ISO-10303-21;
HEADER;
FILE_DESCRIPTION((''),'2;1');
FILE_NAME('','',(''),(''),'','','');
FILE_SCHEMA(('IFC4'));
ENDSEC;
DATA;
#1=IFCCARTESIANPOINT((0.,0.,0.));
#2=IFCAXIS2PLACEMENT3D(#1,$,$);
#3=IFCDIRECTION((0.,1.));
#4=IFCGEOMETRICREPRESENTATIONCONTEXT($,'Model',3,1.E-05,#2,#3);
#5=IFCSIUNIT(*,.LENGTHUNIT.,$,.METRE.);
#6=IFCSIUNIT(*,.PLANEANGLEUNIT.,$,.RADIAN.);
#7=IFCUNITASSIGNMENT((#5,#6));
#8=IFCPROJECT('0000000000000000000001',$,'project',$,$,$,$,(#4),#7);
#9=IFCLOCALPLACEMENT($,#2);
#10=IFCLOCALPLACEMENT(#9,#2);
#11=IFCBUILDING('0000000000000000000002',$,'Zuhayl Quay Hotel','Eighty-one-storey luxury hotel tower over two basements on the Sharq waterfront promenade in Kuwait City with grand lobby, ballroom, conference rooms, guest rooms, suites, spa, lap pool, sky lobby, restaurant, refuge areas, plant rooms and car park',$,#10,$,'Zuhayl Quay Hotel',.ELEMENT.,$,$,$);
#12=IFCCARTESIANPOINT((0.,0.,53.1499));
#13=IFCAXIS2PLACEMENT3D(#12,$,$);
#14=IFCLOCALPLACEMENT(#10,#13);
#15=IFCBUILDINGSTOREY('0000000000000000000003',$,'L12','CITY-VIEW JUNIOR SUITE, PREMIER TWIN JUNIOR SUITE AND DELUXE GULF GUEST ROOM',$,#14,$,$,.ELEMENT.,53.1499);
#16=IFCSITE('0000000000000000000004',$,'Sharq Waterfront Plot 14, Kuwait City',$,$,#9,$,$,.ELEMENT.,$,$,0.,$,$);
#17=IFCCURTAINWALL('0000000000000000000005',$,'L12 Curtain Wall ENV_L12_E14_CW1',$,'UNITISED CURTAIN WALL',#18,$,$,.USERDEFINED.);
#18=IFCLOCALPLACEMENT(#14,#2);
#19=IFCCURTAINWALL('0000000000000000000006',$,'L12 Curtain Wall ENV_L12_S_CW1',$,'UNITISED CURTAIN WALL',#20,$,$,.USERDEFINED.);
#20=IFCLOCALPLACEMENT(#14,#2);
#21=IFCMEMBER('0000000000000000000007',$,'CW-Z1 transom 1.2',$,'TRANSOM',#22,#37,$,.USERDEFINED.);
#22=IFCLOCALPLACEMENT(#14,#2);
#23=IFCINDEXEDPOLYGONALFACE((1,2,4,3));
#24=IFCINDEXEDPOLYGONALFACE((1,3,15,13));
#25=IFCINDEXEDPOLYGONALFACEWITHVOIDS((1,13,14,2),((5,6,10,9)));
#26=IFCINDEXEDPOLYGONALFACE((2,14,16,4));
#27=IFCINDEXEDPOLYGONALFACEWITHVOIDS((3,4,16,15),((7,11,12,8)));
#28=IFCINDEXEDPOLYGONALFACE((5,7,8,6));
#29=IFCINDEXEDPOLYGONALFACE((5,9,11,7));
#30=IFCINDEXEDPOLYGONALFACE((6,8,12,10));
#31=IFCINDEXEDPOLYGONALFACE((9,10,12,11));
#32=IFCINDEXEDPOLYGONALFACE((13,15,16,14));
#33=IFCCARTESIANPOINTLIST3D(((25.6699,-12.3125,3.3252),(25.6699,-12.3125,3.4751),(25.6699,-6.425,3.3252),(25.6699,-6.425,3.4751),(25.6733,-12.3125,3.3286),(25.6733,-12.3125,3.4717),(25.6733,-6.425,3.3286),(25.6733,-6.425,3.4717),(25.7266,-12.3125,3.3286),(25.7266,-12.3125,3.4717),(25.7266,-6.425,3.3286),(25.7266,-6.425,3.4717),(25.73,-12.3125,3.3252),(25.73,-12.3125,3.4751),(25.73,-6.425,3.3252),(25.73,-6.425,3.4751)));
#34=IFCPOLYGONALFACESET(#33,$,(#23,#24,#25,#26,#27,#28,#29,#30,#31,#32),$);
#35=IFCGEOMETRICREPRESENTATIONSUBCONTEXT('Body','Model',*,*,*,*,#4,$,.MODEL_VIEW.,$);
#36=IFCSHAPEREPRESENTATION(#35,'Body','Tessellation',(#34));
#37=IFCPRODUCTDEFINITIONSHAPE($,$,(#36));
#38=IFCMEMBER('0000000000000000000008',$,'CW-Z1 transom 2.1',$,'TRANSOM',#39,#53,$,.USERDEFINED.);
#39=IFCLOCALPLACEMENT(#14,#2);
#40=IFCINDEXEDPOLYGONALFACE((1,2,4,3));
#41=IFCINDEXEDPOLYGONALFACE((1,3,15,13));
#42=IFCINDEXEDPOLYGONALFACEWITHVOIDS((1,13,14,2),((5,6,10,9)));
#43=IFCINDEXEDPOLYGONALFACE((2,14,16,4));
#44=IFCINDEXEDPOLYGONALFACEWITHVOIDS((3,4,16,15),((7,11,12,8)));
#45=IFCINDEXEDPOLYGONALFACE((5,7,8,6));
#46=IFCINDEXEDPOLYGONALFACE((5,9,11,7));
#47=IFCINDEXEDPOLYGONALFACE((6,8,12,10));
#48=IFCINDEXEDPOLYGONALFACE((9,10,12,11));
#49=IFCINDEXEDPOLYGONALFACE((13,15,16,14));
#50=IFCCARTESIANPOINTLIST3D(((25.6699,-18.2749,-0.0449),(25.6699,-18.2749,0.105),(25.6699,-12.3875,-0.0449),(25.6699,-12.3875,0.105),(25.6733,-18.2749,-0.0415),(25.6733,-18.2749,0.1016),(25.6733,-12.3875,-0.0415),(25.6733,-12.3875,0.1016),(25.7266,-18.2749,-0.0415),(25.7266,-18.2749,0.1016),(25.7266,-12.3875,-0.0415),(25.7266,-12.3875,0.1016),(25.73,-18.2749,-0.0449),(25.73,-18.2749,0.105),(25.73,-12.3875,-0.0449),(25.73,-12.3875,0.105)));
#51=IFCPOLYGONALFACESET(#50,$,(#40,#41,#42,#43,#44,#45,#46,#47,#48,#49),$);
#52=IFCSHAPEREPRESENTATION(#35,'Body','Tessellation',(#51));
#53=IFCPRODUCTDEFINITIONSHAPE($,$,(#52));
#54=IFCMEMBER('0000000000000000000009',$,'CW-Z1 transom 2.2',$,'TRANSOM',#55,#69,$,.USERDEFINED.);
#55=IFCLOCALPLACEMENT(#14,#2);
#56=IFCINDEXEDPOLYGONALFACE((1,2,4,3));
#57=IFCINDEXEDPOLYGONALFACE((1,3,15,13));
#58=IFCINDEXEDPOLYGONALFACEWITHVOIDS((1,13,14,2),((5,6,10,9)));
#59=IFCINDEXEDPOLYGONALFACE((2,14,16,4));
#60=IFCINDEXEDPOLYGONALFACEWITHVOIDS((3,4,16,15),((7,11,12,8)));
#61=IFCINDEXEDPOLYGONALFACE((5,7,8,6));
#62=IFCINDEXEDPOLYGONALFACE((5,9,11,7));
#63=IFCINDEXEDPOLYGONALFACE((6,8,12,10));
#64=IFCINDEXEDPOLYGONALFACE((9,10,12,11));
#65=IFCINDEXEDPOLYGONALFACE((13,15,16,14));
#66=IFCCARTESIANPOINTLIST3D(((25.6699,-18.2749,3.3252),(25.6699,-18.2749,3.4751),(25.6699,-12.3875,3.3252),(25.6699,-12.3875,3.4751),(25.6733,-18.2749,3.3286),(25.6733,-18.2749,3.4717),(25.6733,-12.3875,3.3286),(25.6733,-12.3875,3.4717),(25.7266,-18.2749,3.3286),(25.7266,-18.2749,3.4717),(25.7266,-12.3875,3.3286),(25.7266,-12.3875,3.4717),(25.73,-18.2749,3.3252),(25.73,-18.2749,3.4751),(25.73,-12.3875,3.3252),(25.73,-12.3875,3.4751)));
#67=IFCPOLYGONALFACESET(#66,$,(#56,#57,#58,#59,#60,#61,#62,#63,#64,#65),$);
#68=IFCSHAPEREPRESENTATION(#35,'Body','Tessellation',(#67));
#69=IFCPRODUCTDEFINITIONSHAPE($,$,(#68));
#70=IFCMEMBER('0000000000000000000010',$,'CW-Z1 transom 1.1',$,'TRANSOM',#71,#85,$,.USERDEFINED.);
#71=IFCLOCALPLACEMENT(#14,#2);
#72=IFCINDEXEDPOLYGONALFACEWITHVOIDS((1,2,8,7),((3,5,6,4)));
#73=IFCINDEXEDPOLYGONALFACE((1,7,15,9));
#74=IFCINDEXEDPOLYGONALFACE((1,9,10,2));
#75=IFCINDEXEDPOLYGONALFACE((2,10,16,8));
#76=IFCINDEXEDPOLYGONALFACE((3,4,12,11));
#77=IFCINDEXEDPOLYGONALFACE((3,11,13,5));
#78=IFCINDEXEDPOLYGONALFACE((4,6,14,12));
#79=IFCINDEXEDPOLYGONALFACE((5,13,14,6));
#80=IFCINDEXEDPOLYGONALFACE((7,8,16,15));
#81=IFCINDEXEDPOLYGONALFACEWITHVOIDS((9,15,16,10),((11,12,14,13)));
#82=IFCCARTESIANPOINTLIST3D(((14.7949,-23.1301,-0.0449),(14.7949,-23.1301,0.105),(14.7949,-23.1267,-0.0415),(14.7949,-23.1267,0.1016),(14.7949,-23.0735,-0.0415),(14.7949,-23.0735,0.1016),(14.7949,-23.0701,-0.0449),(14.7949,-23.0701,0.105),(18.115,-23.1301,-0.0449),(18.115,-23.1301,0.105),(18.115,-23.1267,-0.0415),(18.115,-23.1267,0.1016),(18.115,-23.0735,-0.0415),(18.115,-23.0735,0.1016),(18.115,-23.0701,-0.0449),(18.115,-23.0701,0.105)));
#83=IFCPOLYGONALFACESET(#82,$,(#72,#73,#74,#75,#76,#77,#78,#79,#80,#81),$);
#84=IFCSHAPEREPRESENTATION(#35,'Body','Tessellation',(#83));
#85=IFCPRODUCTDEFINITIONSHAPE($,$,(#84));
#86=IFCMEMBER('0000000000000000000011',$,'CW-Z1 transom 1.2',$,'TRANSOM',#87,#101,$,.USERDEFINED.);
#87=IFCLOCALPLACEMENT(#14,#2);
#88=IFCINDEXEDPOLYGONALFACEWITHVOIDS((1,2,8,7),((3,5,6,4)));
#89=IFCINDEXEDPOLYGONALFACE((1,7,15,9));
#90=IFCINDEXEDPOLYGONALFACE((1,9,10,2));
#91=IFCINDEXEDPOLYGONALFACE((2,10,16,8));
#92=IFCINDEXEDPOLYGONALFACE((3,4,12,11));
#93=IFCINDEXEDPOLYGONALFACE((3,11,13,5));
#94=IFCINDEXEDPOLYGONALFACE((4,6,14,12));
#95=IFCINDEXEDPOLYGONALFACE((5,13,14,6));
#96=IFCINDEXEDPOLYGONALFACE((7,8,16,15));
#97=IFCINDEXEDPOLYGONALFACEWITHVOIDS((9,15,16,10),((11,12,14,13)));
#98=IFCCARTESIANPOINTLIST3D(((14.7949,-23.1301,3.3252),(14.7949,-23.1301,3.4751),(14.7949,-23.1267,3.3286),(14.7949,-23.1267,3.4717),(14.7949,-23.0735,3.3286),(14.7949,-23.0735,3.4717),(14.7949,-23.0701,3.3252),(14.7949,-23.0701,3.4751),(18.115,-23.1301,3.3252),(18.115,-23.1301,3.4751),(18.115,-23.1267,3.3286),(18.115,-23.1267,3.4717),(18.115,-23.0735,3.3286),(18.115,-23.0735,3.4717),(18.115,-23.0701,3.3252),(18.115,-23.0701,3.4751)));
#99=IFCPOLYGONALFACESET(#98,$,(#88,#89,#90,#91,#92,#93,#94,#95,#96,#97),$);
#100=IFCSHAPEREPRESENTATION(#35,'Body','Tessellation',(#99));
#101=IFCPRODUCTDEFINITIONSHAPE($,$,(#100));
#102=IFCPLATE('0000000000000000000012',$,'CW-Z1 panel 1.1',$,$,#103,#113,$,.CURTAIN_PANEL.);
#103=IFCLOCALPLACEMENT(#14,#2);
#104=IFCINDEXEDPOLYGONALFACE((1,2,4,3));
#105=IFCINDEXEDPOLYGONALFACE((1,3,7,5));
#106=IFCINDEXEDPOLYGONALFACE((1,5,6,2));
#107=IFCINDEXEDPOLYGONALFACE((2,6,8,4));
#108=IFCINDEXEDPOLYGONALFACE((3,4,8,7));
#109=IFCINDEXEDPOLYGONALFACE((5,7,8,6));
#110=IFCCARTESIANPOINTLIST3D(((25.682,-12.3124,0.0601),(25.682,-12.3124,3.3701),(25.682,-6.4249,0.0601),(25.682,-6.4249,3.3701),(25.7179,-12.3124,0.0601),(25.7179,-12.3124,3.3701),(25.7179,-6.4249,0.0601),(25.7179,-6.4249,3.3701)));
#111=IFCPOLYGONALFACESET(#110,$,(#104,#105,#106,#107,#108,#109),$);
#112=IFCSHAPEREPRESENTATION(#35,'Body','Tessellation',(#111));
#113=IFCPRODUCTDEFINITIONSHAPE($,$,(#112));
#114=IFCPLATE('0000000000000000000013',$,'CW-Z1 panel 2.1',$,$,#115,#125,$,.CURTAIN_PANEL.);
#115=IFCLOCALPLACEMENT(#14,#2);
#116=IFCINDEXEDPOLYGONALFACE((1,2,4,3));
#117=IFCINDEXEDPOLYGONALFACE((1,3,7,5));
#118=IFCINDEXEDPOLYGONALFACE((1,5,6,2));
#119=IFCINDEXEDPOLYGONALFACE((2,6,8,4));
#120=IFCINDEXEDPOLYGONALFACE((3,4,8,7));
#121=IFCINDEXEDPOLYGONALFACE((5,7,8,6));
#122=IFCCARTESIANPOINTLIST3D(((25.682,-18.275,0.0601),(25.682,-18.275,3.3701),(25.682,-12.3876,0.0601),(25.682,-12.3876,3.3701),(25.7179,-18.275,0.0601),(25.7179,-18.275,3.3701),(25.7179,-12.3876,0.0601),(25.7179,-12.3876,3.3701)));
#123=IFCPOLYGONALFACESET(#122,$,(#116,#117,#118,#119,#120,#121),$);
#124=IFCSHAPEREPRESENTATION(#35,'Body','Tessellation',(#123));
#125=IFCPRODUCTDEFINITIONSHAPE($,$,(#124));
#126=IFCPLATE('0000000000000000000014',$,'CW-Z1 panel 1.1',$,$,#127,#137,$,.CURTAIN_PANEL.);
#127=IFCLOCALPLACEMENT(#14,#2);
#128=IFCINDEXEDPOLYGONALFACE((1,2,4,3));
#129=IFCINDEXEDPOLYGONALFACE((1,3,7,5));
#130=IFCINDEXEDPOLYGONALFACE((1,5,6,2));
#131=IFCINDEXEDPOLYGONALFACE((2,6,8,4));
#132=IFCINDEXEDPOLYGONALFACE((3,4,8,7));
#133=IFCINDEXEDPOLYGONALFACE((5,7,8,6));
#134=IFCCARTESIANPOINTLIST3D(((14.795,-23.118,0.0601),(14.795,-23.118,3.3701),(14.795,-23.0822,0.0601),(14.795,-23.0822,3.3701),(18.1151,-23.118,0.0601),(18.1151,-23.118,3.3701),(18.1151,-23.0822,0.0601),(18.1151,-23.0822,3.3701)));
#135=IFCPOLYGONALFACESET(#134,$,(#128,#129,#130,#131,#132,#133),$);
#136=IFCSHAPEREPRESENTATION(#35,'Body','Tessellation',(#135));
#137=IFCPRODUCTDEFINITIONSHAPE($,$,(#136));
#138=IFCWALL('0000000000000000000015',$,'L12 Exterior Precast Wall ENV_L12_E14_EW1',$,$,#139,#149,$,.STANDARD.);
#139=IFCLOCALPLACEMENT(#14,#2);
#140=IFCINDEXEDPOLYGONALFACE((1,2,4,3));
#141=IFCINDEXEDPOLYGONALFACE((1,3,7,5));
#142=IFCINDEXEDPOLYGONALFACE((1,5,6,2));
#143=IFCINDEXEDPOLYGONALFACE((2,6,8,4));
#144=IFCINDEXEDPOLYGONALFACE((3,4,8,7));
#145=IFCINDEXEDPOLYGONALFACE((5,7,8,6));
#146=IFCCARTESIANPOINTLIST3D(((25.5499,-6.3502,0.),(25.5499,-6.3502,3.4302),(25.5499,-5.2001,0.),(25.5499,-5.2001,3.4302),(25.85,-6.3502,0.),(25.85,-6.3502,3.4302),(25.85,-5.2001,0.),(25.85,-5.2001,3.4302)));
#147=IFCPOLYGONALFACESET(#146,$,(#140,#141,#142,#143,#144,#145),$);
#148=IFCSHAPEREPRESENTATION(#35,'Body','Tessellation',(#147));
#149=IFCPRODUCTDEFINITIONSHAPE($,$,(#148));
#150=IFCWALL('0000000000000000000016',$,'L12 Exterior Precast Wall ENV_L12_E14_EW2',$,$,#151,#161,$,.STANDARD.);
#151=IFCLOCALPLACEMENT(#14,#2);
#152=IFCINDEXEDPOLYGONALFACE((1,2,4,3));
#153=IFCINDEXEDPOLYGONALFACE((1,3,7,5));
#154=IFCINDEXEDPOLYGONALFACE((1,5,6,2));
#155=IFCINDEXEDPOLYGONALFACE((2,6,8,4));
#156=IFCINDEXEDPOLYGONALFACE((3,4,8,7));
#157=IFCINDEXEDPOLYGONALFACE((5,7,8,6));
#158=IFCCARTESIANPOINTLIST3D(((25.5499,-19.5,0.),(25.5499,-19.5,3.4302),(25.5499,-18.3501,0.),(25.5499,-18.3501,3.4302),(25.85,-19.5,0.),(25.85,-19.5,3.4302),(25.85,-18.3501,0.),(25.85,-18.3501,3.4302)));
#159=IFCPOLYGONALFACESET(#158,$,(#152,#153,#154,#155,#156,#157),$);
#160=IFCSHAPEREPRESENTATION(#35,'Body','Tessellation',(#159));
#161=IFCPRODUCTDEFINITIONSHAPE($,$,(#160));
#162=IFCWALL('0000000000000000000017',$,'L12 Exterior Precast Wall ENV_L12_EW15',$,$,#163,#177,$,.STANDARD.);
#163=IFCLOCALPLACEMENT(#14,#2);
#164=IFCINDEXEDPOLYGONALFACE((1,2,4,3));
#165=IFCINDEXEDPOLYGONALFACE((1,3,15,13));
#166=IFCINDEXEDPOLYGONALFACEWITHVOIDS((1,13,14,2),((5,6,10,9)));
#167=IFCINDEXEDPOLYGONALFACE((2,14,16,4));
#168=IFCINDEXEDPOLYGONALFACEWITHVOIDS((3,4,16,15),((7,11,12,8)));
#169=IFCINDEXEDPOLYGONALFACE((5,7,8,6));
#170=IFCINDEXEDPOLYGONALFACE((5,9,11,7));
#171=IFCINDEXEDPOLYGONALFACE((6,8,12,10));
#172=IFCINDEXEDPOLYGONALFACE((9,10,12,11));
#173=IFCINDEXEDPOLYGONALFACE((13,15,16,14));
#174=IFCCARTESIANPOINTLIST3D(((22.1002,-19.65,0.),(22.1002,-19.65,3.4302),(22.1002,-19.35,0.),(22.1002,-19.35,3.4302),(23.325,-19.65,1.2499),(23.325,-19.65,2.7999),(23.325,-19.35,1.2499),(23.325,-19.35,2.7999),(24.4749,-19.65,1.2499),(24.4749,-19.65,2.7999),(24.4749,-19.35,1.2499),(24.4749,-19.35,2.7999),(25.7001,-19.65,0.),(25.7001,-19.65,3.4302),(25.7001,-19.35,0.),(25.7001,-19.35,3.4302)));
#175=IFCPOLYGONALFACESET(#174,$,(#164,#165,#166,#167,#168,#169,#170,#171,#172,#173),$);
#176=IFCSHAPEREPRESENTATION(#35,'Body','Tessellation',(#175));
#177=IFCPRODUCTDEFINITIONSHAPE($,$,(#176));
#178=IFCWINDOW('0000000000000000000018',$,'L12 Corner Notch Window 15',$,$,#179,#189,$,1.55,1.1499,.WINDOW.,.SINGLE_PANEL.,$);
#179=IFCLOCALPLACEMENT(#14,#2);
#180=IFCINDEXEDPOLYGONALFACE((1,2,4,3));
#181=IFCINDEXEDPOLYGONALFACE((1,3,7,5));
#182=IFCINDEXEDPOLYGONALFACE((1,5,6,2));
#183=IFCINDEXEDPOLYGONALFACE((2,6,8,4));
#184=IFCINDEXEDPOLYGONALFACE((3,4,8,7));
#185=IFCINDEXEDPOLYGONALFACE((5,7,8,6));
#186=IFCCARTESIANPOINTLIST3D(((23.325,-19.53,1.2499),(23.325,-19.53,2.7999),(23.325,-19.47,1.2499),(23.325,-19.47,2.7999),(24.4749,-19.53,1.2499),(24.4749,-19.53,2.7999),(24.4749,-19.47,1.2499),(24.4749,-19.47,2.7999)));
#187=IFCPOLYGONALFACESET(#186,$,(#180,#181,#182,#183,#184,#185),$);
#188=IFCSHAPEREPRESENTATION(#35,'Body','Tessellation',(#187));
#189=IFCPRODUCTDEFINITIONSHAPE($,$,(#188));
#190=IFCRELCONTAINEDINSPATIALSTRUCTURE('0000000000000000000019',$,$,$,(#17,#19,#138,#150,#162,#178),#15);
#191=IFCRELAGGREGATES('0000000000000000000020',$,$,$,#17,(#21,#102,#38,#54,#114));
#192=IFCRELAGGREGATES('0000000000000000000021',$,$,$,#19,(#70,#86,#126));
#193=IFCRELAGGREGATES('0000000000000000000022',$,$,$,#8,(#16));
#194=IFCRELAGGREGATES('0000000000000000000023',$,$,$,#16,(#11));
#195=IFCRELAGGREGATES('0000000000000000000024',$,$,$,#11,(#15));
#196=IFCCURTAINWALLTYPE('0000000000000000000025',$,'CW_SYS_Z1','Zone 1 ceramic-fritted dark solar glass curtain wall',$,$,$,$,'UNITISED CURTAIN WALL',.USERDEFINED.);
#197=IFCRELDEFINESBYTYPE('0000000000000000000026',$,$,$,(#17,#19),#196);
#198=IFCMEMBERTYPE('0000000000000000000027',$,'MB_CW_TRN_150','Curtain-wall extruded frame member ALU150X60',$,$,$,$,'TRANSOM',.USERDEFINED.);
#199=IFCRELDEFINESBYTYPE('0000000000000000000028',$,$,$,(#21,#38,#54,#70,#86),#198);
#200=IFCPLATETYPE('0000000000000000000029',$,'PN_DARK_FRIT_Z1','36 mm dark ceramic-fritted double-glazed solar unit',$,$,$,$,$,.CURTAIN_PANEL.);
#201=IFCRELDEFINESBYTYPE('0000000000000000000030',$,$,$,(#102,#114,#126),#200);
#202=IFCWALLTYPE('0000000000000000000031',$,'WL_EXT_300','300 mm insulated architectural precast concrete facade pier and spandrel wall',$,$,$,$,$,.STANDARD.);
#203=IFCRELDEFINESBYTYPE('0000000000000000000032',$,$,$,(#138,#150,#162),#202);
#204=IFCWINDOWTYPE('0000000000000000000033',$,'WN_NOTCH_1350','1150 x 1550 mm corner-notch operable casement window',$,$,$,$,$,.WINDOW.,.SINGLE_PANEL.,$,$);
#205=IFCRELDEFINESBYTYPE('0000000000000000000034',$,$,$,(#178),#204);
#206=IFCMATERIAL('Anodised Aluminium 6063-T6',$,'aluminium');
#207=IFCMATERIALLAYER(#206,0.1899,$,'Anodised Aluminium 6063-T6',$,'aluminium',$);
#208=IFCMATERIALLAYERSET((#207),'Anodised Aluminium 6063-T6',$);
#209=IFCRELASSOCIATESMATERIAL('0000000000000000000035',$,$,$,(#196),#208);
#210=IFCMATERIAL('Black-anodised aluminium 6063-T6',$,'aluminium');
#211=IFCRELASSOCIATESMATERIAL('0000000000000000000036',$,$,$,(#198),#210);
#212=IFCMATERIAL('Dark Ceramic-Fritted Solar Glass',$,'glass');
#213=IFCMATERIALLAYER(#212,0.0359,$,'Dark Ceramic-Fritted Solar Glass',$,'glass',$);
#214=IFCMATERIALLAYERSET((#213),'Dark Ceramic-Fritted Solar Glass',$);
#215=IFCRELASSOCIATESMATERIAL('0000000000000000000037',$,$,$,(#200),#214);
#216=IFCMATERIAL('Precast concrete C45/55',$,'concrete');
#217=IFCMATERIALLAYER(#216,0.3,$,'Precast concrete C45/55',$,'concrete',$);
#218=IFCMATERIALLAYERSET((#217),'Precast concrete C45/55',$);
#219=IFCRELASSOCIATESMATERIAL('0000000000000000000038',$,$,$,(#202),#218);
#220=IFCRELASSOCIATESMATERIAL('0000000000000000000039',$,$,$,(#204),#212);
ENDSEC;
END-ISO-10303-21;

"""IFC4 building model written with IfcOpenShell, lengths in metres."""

from ifc_helpers import new_model, si_unit, direction, frame, frame_2d, origin, origin_2d, place, context, subcontext, project, spatial, rectangle, hollow_rectangle, extrude, material, layer, layer_set, material_profile, profile_set, type_object, element, fill, aggregate, save


model = new_model("IFC4")

# Units and contexts
model_context = context("Model", 3, precision=1e-05, world=origin(), true_north=direction((0.0, 1.0)))
body_context = subcontext(model_context, "Body", "Model", "MODEL_VIEW")
ifc_project = project(units=[si_unit("LENGTHUNIT", "METRE"), si_unit("PLANEANGLEUNIT", "RADIAN")], contexts=[model_context])

# Site, building, storey
site_placement = place(None, origin())
site = spatial("IfcSite", under=ifc_project, at=site_placement, Name="Sharq Waterfront Plot 14, Kuwait City", CompositionType="ELEMENT", RefElevation=0.0)
building_placement = place(site_placement, origin())
building = spatial("IfcBuilding", under=site, at=building_placement, Name="Zuhayl Quay Hotel", Description="Eighty-one-storey luxury hotel tower over two basements on the Sharq waterfront promenade in Kuwait City with grand lobby, ballroom, conference rooms, guest rooms, suites, spa, lap pool, sky lobby, restaurant, refuge areas, plant rooms and car park", LongName="Zuhayl Quay Hotel", CompositionType="ELEMENT")
storey_placement = place(building_placement, frame((0.0, 0.0, 53.1499)))
storey = spatial("IfcBuildingStorey", under=building, at=storey_placement, Name="L12", Description="CITY-VIEW JUNIOR SUITE, PREMIER TWIN JUNIOR SUITE AND DELUXE GULF GUEST ROOM", CompositionType="ELEMENT", Elevation=53.1499)

# Curtain walls
ifc_material_1 = material(Name="Anodised Aluminium 6063-T6", Category="aluminium")
ifc_layer_1 = layer(ifc_material_1, 0.1899, Name="Anodised Aluminium 6063-T6", Category="aluminium")
ifc_layer_set_1 = layer_set([ifc_layer_1], Name="Anodised Aluminium 6063-T6")
curtain_wall_type = type_object("IfcCurtainWallType", Name="CW_SYS_Z1", Description="Zone 1 ceramic-fritted dark solar glass curtain wall", ElementType="UNITISED CURTAIN WALL", PredefinedType="USERDEFINED", material=ifc_layer_set_1)
curtain_wall_1_placement = place(storey_placement, origin())
curtain_wall_1 = element("IfcCurtainWall", 1, at=curtain_wall_1_placement, inside=storey, type_object=curtain_wall_type, Name="L12 Curtain Wall ENV_L12_E14_CW1", ObjectType="UNITISED CURTAIN WALL", PredefinedType="USERDEFINED")
ifc_material_2 = material(Name="Black-anodised aluminium 6063-T6", Category="aluminium")
curtain_wall_2_placement = place(storey_placement, origin())
curtain_wall_2 = element("IfcCurtainWall", 2, at=curtain_wall_2_placement, inside=storey, type_object=curtain_wall_type, Name="L12 Curtain Wall ENV_L12_S_CW1", ObjectType="UNITISED CURTAIN WALL", PredefinedType="USERDEFINED")

# Members
ifc_material_profile_1 = material_profile(ifc_material_2, hollow_rectangle(XDim=0.0601, YDim=0.1499, WallThickness=0.0034, at=origin_2d()), Name="ALU150X60")
ifc_profile_set_1 = profile_set([ifc_material_profile_1], Name="Black-anodised aluminium 6063-T6")
member_type_1 = type_object("IfcMemberType", Name="MB_CW_TRN_150", Description="Curtain-wall extruded frame member ALU150X60", ElementType="TRANSOM", PredefinedType="USERDEFINED", material=ifc_profile_set_1)
member_1_placement = place(storey_placement, frame((25.7, -6.425, 3.4001), z_axis=(0.0, -1.0, 0.0), x_axis=(1.0, 0.0, 0.0)))
member_1 = element("IfcMember", 3, at=member_1_placement, type_object=member_type_1, Name="CW-Z1 transom 1.2", ObjectType="TRANSOM", PredefinedType="USERDEFINED", context=body_context, shape_type="SweptSolid", body=[
    extrude(hollow_rectangle(XDim=0.0601, YDim=0.1499, WallThickness=0.0034, at=origin_2d()), origin(), (0.0, 0.0, 1.0), 5.8875),
])
member_2_placement = place(storey_placement, frame((25.7, -12.3875, 0.03), z_axis=(0.0, -1.0, 0.0), x_axis=(1.0, 0.0, 0.0)))
member_2 = element("IfcMember", 4, at=member_2_placement, type_object=member_type_1, Name="CW-Z1 transom 2.1", ObjectType="TRANSOM", PredefinedType="USERDEFINED", context=body_context, shape_type="SweptSolid", body=[
    extrude(hollow_rectangle(XDim=0.0601, YDim=0.1499, WallThickness=0.0034, at=origin_2d()), origin(), (0.0, 0.0, 1.0), 5.8875),
])
member_3_placement = place(storey_placement, frame((25.7, -12.3875, 3.4001), z_axis=(0.0, -1.0, 0.0), x_axis=(1.0, 0.0, 0.0)))
member_3 = element("IfcMember", 5, at=member_3_placement, type_object=member_type_1, Name="CW-Z1 transom 2.2", ObjectType="TRANSOM", PredefinedType="USERDEFINED", context=body_context, shape_type="SweptSolid", body=[
    extrude(hollow_rectangle(XDim=0.0601, YDim=0.1499, WallThickness=0.0034, at=origin_2d()), origin(), (0.0, 0.0, 1.0), 5.8875),
])
member_4_placement = place(storey_placement, frame((18.115, -23.1001, 0.03), z_axis=(-1.0, 0.0, 0.0), x_axis=(0.0, -1.0, 0.0)))
member_4 = element("IfcMember", 6, at=member_4_placement, type_object=member_type_1, Name="CW-Z1 transom 1.1", ObjectType="TRANSOM", PredefinedType="USERDEFINED", context=body_context, shape_type="SweptSolid", body=[
    extrude(hollow_rectangle(XDim=0.0601, YDim=0.1499, WallThickness=0.0034, at=origin_2d()), origin(), (0.0, 0.0, 1.0), 3.3201),
])
member_5_placement = place(storey_placement, frame((18.115, -23.1001, 3.4001), z_axis=(-1.0, 0.0, 0.0), x_axis=(0.0, -1.0, 0.0)))
member_5 = element("IfcMember", 7, at=member_5_placement, type_object=member_type_1, Name="CW-Z1 transom 1.2", ObjectType="TRANSOM", PredefinedType="USERDEFINED", context=body_context, shape_type="SweptSolid", body=[
    extrude(hollow_rectangle(XDim=0.0601, YDim=0.1499, WallThickness=0.0034, at=origin_2d()), origin(), (0.0, 0.0, 1.0), 3.3201),
])

# Plates
ifc_material_3 = material(Name="Dark Ceramic-Fritted Solar Glass", Category="glass")
ifc_layer_2 = layer(ifc_material_3, 0.0359, Name="Dark Ceramic-Fritted Solar Glass", Category="glass")
ifc_layer_set_2 = layer_set([ifc_layer_2], Name="Dark Ceramic-Fritted Solar Glass")
plate_type = type_object("IfcPlateType", Name="PN_DARK_FRIT_Z1", Description="36 mm dark ceramic-fritted double-glazed solar unit", PredefinedType="CURTAIN_PANEL", material=ifc_layer_set_2)
plate_1_placement = place(storey_placement, frame((25.7, -9.3687, 0.0601), z_axis=(0.0, 0.0, 1.0), x_axis=(0.0, -1.0, 0.0)))
plate_1 = element("IfcPlate", 8, at=plate_1_placement, type_object=plate_type, Name="CW-Z1 panel 1.1", PredefinedType="CURTAIN_PANEL", context=body_context, shape_type="SweptSolid", body=[
    extrude(rectangle(XDim=5.8875, YDim=0.0359, at=origin_2d()), origin(), (0.0, 0.0, 1.0), 3.3101),
])
plate_2_placement = place(storey_placement, frame((25.7, -15.3313, 0.0601), z_axis=(0.0, 0.0, 1.0), x_axis=(0.0, -1.0, 0.0)))
plate_2 = element("IfcPlate", 9, at=plate_2_placement, type_object=plate_type, Name="CW-Z1 panel 2.1", PredefinedType="CURTAIN_PANEL", context=body_context, shape_type="SweptSolid", body=[
    extrude(rectangle(XDim=5.8875, YDim=0.0359, at=origin_2d()), origin(), (0.0, 0.0, 1.0), 3.3101),
])
aggregate(curtain_wall_1, [member_1, plate_1, member_2, member_3, plate_2])
plate_3_placement = place(storey_placement, frame((16.4551, -23.1001, 0.0601), z_axis=(0.0, 0.0, 1.0), x_axis=(-1.0, 0.0, 0.0)))
plate_3 = element("IfcPlate", 10, at=plate_3_placement, type_object=plate_type, Name="CW-Z1 panel 1.1", PredefinedType="CURTAIN_PANEL", context=body_context, shape_type="SweptSolid", body=[
    extrude(rectangle(XDim=3.3201, YDim=0.0359, at=origin_2d()), origin(), (0.0, 0.0, 1.0), 3.3101),
])
aggregate(curtain_wall_2, [member_4, member_5, plate_3])

# Walls
ifc_material_4 = material(Name="Precast concrete C45/55", Category="concrete")
ifc_layer_3 = layer(ifc_material_4, 0.3, Name="Precast concrete C45/55", Category="concrete")
ifc_layer_set_3 = layer_set([ifc_layer_3], Name="Precast concrete C45/55")
wall_type_1 = type_object("IfcWallType", Name="WL_EXT_300", Description="300 mm insulated architectural precast concrete facade pier and spandrel wall", PredefinedType="STANDARD", material=ifc_layer_set_3)
wall_1_placement = place(storey_placement, frame((25.7, -5.2, 0.0), z_axis=(0.0, 0.0, 1.0), x_axis=(0.0, -1.0, 0.0)))
element("IfcWall", 11, at=wall_1_placement, inside=storey, type_object=wall_type_1, Name="L12 Exterior Precast Wall ENV_L12_E14_EW1", PredefinedType="STANDARD", context=body_context, shape_type="SweptSolid", body=[
    extrude(rectangle(XDim=1.1501, YDim=0.3, at=frame_2d((0.5752, 0.0))), origin(), (0.0, 0.0, 1.0), 3.4302),
])
wall_2_placement = place(storey_placement, frame((25.7, -18.3501, 0.0), z_axis=(0.0, 0.0, 1.0), x_axis=(0.0, -1.0, 0.0)))
element("IfcWall", 12, at=wall_2_placement, inside=storey, type_object=wall_type_1, Name="L12 Exterior Precast Wall ENV_L12_E14_EW2", PredefinedType="STANDARD", context=body_context, shape_type="SweptSolid", body=[
    extrude(rectangle(XDim=1.1499, YDim=0.3, at=frame_2d((0.575, 0.0))), origin(), (0.0, 0.0, 1.0), 3.4302),
])

# Wall, opening, window
wall_3_placement = place(storey_placement, frame((25.7, -19.5, 0.0), z_axis=(0.0, 0.0, 1.0), x_axis=(-1.0, 0.0, 0.0)))
wall_3 = element("IfcWall", 13, at=wall_3_placement, inside=storey, type_object=wall_type_1, Name="L12 Exterior Precast Wall ENV_L12_EW15", PredefinedType="STANDARD", context=body_context, shape_type="SweptSolid", body=[
    extrude(rectangle(XDim=3.5999, YDim=0.3, at=frame_2d((1.7998, 0.0))), origin(), (0.0, 0.0, 1.0), 3.4302),
])
opening_1_placement = place(wall_3_placement, frame((1.2251, 0.0, 1.25)))
opening_1 = element("IfcOpeningElement", 14, at=opening_1_placement, cuts=wall_3, PredefinedType="OPENING", context=body_context, shape_type="SweptSolid", body=[
    extrude(rectangle(XDim=1.1499, YDim=1.55, at=frame_2d((0.575, 0.7749))), frame((0.0, 0.1599, 0.0), z_axis=(0.0, -1.0, 0.0), x_axis=(1.0, 0.0, 0.0)), (0.0, 0.0, 1.0), 0.3201),
])
window_type_1 = type_object("IfcWindowType", Name="WN_NOTCH_1350", Description="1150 x 1550 mm corner-notch operable casement window", PartitioningType="SINGLE_PANEL", PredefinedType="WINDOW", material=ifc_material_3)
window_1_placement = place(opening_1_placement, origin())
window_1 = element("IfcWindow", 15, at=window_1_placement, inside=storey, type_object=window_type_1, Name="L12 Corner Notch Window 15", OverallHeight=1.55, OverallWidth=1.1499, PartitioningType="SINGLE_PANEL", PredefinedType="WINDOW", context=body_context, shape_type="SweptSolid", body=[
    extrude(rectangle(XDim=1.1499, YDim=1.55, at=frame_2d((0.575, 0.7749))), frame((0.0, 0.03, 0.0), z_axis=(0.0, -1.0, 0.0), x_axis=(1.0, 0.0, 0.0)), (0.0, 0.0, 1.0), 0.0601),
])
fill(opening_1, window_1)

save(model, "model.ifc")
